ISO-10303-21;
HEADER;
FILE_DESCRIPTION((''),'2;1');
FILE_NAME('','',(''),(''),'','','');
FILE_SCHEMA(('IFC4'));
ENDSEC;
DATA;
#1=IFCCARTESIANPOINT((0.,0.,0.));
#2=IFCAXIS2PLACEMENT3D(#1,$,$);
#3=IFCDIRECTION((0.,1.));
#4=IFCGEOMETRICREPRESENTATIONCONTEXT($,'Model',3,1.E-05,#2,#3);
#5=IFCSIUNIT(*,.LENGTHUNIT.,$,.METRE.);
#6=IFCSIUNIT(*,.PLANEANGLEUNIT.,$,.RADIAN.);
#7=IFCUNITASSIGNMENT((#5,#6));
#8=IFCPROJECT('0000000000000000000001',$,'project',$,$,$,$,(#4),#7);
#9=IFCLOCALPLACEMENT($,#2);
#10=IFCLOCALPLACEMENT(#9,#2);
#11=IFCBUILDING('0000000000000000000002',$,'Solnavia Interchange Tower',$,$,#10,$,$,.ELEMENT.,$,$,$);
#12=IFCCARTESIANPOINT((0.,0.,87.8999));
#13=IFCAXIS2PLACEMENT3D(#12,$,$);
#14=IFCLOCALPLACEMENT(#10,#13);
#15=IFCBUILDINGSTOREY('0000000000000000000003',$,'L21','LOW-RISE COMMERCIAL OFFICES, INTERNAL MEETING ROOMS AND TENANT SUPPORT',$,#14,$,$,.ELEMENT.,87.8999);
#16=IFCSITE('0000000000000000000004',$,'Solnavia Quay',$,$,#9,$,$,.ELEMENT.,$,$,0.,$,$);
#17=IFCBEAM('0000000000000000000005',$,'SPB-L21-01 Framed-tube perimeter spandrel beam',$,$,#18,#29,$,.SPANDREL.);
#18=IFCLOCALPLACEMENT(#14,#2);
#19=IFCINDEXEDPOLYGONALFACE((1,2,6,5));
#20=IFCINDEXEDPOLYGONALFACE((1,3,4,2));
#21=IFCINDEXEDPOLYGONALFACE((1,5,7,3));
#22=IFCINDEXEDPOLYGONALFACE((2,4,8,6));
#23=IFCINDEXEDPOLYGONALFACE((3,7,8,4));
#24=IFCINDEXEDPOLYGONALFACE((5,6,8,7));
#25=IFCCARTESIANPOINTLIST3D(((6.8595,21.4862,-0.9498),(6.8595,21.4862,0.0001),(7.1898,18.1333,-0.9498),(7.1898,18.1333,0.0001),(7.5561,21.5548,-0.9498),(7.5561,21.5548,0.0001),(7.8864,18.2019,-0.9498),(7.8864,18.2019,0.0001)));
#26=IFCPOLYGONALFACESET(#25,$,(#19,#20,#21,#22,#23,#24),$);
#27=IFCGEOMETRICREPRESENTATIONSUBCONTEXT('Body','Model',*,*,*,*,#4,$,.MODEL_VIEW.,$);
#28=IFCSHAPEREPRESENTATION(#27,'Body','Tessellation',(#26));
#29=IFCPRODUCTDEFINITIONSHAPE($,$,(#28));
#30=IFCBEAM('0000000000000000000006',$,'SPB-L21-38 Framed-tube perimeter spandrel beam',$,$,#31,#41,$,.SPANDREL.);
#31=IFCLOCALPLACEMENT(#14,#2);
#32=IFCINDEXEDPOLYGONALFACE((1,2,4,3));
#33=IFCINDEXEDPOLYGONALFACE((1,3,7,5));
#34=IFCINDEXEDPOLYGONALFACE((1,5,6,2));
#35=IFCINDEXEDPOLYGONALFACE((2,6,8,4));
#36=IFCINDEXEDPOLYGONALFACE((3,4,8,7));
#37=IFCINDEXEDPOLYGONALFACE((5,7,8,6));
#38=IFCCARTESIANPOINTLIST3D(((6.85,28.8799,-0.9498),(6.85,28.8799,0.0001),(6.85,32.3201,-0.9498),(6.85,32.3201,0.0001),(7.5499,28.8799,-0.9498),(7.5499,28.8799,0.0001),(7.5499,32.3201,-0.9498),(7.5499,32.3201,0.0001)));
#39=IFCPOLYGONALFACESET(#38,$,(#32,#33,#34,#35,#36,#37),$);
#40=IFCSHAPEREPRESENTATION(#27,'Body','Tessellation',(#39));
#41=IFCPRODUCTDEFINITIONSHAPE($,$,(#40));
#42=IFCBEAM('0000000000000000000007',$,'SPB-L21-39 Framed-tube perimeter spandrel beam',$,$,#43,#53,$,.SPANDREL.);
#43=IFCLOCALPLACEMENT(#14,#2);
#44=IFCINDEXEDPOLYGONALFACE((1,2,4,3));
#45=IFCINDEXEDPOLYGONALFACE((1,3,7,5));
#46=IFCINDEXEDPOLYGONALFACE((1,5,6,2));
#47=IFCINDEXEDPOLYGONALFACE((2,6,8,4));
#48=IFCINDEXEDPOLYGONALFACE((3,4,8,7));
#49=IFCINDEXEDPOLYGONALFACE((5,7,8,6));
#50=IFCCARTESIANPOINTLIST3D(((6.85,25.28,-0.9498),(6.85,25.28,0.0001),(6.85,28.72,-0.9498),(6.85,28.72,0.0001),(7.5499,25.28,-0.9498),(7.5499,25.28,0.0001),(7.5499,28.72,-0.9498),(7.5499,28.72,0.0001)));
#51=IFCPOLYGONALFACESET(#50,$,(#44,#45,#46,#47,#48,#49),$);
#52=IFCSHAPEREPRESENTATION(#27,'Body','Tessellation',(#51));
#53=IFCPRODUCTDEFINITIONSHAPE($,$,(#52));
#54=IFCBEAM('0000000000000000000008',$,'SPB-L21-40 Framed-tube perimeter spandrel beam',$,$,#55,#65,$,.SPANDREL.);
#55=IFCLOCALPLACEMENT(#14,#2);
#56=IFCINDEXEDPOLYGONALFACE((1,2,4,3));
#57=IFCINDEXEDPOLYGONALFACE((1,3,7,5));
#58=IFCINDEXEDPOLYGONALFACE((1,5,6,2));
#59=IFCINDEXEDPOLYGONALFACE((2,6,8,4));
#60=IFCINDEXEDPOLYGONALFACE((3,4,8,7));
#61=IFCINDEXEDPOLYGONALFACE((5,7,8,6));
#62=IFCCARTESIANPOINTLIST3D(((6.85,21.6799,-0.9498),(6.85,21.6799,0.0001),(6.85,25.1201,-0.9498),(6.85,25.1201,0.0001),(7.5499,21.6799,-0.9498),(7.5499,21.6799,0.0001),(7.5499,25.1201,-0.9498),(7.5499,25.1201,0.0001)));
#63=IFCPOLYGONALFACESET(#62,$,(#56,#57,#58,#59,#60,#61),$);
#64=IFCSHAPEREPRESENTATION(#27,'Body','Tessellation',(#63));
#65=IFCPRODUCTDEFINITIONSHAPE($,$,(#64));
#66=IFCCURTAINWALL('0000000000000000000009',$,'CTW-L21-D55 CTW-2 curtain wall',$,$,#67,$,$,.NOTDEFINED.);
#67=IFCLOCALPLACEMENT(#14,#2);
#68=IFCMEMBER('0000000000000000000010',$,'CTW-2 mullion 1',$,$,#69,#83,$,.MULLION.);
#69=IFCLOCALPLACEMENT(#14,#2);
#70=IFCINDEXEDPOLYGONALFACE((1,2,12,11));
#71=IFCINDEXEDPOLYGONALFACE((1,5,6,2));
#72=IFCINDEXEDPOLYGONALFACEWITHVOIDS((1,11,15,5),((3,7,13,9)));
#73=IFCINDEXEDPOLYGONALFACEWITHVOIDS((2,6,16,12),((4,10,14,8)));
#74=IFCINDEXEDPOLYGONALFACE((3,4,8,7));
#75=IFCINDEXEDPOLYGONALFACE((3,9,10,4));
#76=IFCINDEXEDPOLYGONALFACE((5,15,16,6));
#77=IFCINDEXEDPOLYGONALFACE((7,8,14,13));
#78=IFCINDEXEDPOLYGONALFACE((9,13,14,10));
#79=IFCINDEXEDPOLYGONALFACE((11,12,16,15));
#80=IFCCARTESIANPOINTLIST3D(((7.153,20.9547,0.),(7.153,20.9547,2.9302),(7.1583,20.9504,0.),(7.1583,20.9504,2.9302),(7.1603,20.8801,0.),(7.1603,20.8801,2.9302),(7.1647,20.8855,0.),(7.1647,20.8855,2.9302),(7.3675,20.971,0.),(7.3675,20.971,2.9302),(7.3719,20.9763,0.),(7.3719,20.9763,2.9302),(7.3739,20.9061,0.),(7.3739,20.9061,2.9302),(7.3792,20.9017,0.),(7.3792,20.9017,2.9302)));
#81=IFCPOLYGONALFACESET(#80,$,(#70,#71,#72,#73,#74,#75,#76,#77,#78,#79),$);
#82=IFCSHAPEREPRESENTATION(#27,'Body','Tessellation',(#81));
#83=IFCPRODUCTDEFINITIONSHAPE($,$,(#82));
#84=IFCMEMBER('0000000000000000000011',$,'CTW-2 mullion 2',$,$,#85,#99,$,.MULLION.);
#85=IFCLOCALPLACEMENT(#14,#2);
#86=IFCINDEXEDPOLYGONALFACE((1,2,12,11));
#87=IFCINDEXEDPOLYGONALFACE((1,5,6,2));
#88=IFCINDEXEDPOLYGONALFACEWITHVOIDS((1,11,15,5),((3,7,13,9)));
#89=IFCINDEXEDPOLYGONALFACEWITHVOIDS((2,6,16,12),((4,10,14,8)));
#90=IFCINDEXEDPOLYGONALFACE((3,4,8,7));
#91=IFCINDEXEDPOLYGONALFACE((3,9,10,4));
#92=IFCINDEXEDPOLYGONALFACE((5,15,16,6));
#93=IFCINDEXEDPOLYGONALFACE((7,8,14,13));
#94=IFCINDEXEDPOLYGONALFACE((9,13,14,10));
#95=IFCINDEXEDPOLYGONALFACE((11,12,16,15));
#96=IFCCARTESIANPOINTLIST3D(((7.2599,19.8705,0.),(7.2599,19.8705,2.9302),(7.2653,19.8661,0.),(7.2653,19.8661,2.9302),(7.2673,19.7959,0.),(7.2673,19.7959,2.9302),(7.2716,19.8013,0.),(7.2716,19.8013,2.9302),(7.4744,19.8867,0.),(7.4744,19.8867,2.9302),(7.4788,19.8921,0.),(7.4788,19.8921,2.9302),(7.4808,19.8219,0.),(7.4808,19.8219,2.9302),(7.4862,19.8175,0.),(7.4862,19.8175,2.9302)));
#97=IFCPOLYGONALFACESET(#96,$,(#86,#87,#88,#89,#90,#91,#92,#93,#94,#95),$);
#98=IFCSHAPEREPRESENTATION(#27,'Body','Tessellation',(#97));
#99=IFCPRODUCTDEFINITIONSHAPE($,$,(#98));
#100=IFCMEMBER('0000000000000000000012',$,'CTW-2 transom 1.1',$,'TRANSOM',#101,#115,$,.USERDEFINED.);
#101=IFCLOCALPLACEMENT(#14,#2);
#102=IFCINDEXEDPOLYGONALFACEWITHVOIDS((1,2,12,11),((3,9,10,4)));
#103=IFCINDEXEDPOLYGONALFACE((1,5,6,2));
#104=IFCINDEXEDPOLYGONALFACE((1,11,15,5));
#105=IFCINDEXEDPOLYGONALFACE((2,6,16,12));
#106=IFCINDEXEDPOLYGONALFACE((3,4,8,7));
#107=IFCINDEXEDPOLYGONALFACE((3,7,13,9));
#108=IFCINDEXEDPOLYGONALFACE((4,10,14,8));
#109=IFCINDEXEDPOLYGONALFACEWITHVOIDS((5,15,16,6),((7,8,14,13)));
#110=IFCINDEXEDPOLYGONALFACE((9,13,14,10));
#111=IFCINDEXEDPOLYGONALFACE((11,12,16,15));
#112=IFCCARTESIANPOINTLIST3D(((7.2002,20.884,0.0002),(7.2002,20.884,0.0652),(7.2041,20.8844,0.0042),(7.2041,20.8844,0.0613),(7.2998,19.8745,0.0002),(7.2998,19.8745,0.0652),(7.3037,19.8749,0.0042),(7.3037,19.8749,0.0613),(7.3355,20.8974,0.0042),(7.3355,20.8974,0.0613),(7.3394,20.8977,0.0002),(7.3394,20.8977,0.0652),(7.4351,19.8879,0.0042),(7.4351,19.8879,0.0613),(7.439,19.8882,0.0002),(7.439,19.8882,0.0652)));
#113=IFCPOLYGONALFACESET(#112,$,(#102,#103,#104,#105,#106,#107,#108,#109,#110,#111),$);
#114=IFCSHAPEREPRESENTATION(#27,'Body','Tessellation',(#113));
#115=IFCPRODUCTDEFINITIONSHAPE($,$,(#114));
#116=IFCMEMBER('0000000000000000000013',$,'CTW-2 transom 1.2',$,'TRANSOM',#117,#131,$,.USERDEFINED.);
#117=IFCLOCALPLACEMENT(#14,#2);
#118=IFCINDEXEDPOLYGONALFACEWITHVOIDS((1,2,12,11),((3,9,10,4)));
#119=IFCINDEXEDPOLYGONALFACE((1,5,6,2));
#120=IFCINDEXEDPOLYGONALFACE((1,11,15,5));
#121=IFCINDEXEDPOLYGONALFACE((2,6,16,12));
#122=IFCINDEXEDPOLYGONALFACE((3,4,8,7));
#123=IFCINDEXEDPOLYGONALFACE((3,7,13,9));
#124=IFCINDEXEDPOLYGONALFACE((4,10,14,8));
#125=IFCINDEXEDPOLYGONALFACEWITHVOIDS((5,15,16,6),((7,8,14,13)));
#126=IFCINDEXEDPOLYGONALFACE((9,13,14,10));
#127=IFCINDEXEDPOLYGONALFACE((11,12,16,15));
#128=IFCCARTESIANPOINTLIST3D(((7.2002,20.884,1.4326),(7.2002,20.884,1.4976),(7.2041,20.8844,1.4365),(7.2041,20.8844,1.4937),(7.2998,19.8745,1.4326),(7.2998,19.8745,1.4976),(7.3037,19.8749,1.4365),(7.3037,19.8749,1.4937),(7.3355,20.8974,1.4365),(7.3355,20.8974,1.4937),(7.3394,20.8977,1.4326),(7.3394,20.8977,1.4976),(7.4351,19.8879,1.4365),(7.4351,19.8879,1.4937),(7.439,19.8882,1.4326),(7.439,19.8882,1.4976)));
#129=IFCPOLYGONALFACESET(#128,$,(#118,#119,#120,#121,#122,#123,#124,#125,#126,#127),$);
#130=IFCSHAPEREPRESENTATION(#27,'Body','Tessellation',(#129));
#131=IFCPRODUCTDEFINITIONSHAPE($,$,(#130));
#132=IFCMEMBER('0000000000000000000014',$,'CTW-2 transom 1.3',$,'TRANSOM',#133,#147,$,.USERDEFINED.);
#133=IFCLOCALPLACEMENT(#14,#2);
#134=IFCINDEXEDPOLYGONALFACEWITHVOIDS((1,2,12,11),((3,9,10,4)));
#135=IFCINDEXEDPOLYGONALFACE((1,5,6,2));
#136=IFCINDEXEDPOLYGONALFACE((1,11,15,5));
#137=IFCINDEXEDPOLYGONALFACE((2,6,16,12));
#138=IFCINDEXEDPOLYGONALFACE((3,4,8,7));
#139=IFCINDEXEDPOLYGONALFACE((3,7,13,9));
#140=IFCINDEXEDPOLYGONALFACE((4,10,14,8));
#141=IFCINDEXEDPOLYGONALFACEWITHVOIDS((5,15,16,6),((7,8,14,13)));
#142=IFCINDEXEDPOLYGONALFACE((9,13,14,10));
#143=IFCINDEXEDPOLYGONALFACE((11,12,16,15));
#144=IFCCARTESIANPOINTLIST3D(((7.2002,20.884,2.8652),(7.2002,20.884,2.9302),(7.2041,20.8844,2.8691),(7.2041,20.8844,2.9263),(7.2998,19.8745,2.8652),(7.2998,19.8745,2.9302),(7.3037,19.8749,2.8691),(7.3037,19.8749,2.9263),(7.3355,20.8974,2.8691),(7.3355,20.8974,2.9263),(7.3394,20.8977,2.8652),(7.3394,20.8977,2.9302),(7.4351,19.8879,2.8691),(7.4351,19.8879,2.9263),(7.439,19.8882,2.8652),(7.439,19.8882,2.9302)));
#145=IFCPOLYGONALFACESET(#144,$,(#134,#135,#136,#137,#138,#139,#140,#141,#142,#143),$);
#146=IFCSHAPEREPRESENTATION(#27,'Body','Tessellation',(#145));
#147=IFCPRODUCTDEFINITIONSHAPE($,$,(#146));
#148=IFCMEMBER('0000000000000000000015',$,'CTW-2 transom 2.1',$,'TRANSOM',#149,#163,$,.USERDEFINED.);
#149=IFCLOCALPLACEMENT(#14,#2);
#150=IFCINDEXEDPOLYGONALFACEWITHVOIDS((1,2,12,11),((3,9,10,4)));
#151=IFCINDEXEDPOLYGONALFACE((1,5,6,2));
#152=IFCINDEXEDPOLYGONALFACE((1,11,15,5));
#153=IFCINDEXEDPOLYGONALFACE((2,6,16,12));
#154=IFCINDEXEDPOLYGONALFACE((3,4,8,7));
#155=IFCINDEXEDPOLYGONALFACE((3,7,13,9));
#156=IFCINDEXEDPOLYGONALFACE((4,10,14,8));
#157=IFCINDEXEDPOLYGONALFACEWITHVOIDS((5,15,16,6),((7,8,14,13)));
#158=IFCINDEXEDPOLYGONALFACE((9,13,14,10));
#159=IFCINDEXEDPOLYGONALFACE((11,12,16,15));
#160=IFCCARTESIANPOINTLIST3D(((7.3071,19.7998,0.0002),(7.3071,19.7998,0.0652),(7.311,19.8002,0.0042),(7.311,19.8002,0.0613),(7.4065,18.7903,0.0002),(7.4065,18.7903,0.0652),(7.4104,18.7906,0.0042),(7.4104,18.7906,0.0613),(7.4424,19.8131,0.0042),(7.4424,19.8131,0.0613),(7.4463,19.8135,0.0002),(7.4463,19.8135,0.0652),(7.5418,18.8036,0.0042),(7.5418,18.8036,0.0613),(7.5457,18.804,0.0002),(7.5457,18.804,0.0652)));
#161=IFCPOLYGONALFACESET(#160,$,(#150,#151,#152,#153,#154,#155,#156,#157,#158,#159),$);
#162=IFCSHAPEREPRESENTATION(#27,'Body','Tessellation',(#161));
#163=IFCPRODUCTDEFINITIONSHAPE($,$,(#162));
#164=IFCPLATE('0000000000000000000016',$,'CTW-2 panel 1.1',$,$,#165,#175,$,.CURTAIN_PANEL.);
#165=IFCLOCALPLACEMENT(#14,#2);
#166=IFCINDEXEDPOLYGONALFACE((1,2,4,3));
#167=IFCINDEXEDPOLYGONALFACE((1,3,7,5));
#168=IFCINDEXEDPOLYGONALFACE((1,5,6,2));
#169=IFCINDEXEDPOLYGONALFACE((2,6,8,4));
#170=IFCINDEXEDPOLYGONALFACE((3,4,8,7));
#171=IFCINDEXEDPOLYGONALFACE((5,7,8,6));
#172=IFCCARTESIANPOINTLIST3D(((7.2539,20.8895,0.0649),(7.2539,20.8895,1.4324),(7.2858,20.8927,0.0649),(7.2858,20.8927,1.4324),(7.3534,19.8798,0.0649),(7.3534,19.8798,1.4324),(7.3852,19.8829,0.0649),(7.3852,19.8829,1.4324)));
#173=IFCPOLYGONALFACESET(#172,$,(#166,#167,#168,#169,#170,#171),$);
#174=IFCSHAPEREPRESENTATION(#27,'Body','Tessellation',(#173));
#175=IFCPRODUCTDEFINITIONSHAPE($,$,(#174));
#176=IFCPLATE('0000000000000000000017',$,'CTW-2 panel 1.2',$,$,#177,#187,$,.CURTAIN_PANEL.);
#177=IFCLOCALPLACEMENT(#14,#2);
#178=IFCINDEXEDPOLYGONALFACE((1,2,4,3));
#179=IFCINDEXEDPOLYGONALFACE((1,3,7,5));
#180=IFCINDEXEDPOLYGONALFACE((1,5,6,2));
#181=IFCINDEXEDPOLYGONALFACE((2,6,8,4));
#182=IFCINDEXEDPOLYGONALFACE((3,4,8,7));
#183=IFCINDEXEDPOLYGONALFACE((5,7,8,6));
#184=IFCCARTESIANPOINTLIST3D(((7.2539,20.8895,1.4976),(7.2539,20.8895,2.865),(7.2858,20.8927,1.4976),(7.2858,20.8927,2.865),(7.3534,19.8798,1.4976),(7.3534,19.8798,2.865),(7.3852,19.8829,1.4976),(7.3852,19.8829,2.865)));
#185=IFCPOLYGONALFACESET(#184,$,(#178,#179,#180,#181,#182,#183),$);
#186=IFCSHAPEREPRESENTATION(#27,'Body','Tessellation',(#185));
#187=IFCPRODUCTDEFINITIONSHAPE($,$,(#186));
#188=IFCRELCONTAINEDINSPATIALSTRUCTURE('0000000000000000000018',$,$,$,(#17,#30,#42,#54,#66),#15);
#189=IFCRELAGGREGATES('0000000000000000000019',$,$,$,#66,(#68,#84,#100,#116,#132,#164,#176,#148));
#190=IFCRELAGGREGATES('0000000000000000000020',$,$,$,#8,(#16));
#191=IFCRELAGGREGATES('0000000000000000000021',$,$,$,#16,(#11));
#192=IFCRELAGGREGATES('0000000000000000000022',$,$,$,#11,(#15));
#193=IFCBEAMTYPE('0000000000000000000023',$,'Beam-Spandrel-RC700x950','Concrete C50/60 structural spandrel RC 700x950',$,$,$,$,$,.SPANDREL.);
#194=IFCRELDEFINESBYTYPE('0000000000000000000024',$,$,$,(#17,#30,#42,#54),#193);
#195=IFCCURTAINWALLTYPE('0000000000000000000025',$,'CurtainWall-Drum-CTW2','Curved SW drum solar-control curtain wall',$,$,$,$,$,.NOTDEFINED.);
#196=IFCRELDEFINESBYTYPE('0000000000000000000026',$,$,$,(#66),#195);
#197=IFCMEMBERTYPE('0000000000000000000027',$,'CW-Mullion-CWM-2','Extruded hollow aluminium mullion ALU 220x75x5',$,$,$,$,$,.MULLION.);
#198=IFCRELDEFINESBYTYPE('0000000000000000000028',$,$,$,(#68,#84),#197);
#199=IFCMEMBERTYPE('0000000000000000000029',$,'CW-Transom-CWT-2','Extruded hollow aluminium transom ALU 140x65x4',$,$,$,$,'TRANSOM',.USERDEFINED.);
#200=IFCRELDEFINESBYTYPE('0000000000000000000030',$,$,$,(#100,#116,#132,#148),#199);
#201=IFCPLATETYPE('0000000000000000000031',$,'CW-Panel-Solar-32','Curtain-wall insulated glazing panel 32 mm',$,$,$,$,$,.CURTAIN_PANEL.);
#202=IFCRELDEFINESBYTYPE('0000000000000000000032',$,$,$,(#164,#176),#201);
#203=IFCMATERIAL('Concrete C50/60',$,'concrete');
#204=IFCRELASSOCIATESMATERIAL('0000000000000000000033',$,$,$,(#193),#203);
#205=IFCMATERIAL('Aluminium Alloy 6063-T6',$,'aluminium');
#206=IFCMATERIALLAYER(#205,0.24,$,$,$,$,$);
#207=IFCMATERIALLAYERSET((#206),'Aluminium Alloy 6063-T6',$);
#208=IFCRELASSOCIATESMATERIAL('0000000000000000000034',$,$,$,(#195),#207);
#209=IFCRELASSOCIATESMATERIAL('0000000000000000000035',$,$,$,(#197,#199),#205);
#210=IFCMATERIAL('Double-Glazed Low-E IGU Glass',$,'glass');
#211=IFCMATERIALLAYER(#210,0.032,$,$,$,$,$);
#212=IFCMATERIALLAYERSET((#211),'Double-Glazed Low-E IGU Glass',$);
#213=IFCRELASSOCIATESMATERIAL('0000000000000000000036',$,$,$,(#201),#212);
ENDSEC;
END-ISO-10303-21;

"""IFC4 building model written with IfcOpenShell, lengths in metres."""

from ifc_helpers import new_model, si_unit, direction, frame, origin, origin_2d, place, context, subcontext, project, spatial, rectangle, hollow_rectangle, extrude, material, layer, layer_set, material_profile, profile_set, type_object, element, aggregate, save


model = new_model("IFC4")

# Units and contexts
model_context = context("Model", 3, precision=1e-05, world=origin(), true_north=direction((0.0, 1.0)))
body_context = subcontext(model_context, "Body", "Model", "MODEL_VIEW")
ifc_project = project(units=[si_unit("LENGTHUNIT", "METRE"), si_unit("PLANEANGLEUNIT", "RADIAN")], contexts=[model_context])

# Site, building, storey
site_placement = place(None, origin())
site = spatial("IfcSite", under=ifc_project, at=site_placement, Name="Solnavia Quay", CompositionType="ELEMENT", RefElevation=0.0)
building_placement = place(site_placement, origin())
building = spatial("IfcBuilding", under=site, at=building_placement, Name="Solnavia Interchange Tower", CompositionType="ELEMENT")
storey_placement = place(building_placement, frame((0.0, 0.0, 87.8999)))
storey = spatial("IfcBuildingStorey", under=building, at=storey_placement, Name="L21", Description="LOW-RISE COMMERCIAL OFFICES, INTERNAL MEETING ROOMS AND TENANT SUPPORT", CompositionType="ELEMENT", Elevation=87.8999)

# Shared definitions
ifc_material_1 = material(Name="Concrete C50/60", Category="concrete")

# Beams
ifc_material_profile_1 = material_profile(ifc_material_1, rectangle(XDim=0.7, YDim=0.95, at=origin_2d()), Name="RC 700x950")
ifc_profile_set_1 = profile_set([ifc_material_profile_1], Name="Concrete C50/60")
beam_type_1 = type_object("IfcBeamType", Name="Beam-Spandrel-RC700x950", Description="Concrete C50/60 structural spandrel RC 700x950", PredefinedType="SPANDREL", material=ifc_profile_set_1)
beam_1_placement = place(storey_placement, frame((7.2078, 21.5205, -0.4749), z_axis=(0.09804, -0.995182, 0.0), x_axis=(0.995182, 0.09804, 0.0)))
element("IfcBeam", 1, at=beam_1_placement, inside=storey, type_object=beam_type_1, Name="SPB-L21-01 Framed-tube perimeter spandrel beam", PredefinedType="SPANDREL", context=body_context, shape_type="SweptSolid", body=[
    extrude(rectangle(XDim=0.7, YDim=0.95, at=origin_2d()), origin(), (0.0, 0.0, 1.0), 3.3691),
])
beam_2_placement = place(storey_placement, frame((7.2, 32.3201, -0.4749), z_axis=(0.0, -1.0, 0.0), x_axis=(1.0, 0.0, 0.0)))
element("IfcBeam", 2, at=beam_2_placement, inside=storey, type_object=beam_type_1, Name="SPB-L21-38 Framed-tube perimeter spandrel beam", PredefinedType="SPANDREL", context=body_context, shape_type="SweptSolid", body=[
    extrude(rectangle(XDim=0.7, YDim=0.95, at=origin_2d()), origin(), (0.0, 0.0, 1.0), 3.4402),
])
beam_3_placement = place(storey_placement, frame((7.2, 28.72, -0.4749), z_axis=(0.0, -1.0, 0.0), x_axis=(1.0, 0.0, 0.0)))
element("IfcBeam", 3, at=beam_3_placement, inside=storey, type_object=beam_type_1, Name="SPB-L21-39 Framed-tube perimeter spandrel beam", PredefinedType="SPANDREL", context=body_context, shape_type="SweptSolid", body=[
    extrude(rectangle(XDim=0.7, YDim=0.95, at=origin_2d()), origin(), (0.0, 0.0, 1.0), 3.4399),
])
beam_4_placement = place(storey_placement, frame((7.2, 25.1201, -0.4749), z_axis=(0.0, -1.0, 0.0), x_axis=(1.0, 0.0, 0.0)))
element("IfcBeam", 4, at=beam_4_placement, inside=storey, type_object=beam_type_1, Name="SPB-L21-40 Framed-tube perimeter spandrel beam", PredefinedType="SPANDREL", context=body_context, shape_type="SweptSolid", body=[
    extrude(rectangle(XDim=0.7, YDim=0.95, at=origin_2d()), origin(), (0.0, 0.0, 1.0), 3.4402),
])

# Curtain wall, members, plates
ifc_material_2 = material(Name="Aluminium Alloy 6063-T6", Category="aluminium")
ifc_layer_1 = layer(ifc_material_2, 0.24)
ifc_layer_set_1 = layer_set([ifc_layer_1], Name="Aluminium Alloy 6063-T6")
curtain_wall_type = type_object("IfcCurtainWallType", Name="CurtainWall-Drum-CTW2", Description="Curved SW drum solar-control curtain wall", PredefinedType="NOTDEFINED", material=ifc_layer_set_1)
curtain_wall_placement = place(storey_placement, origin())
curtain_wall = element("IfcCurtainWall", 5, at=curtain_wall_placement, inside=storey, type_object=curtain_wall_type, Name="CTW-L21-D55 CTW-2 curtain wall", PredefinedType="NOTDEFINED")
ifc_material_profile_2 = material_profile(ifc_material_2, hollow_rectangle(XDim=0.075, YDim=0.22, WallThickness=0.0049, at=origin_2d()), Name="ALU 220x75x5")
ifc_profile_set_2 = profile_set([ifc_material_profile_2], Name="Aluminium Alloy 6063-T6")
member_type_1 = type_object("IfcMemberType", Name="CW-Mullion-CWM-2", Description="Extruded hollow aluminium mullion ALU 220x75x5", PredefinedType="MULLION", material=ifc_profile_set_2)
member_1_placement = place(storey_placement, frame((7.2661, 20.9282, 0.0), z_axis=(0.0, 0.0, 1.0), x_axis=(0.098045, -0.995182, 0.0)))
member_1 = element("IfcMember", 6, at=member_1_placement, type_object=member_type_1, Name="CTW-2 mullion 1", PredefinedType="MULLION", context=body_context, shape_type="SweptSolid", body=[
    extrude(hollow_rectangle(XDim=0.075, YDim=0.22, WallThickness=0.0049, at=origin_2d()), origin(), (0.0, 0.0, 1.0), 2.9302),
])
member_2_placement = place(storey_placement, frame((7.373, 19.844, 0.0), z_axis=(0.0, 0.0, 1.0), x_axis=(0.098045, -0.995182, 0.0)))
member_2 = element("IfcMember", 7, at=member_2_placement, type_object=member_type_1, Name="CTW-2 mullion 2", PredefinedType="MULLION", context=body_context, shape_type="SweptSolid", body=[
    extrude(hollow_rectangle(XDim=0.075, YDim=0.22, WallThickness=0.0049, at=origin_2d()), origin(), (0.0, 0.0, 1.0), 2.9302),
])
ifc_material_profile_3 = material_profile(ifc_material_2, hollow_rectangle(XDim=0.0649, YDim=0.1399, WallThickness=0.0039, at=origin_2d()), Name="ALU 140x65x4")
ifc_profile_set_3 = profile_set([ifc_material_profile_3], Name="Aluminium Alloy 6063-T6")
member_type_2 = type_object("IfcMemberType", Name="CW-Transom-CWT-2", Description="Extruded hollow aluminium transom ALU 140x65x4", ElementType="TRANSOM", PredefinedType="USERDEFINED", material=ifc_profile_set_3)
member_3_placement = place(storey_placement, frame((7.2698, 20.8909, 0.0327), z_axis=(0.098193, -0.995167, 0.0), x_axis=(0.0, 0.0, 1.0)))
member_3 = element("IfcMember", 8, at=member_3_placement, type_object=member_type_2, Name="CTW-2 transom 1.1", ObjectType="TRANSOM", PredefinedType="USERDEFINED", context=body_context, shape_type="SweptSolid", body=[
    extrude(hollow_rectangle(XDim=0.0649, YDim=0.1399, WallThickness=0.0039, at=origin_2d()), origin(), (0.0, 0.0, 1.0), 1.0144),
])
member_4_placement = place(storey_placement, frame((7.2698, 20.8909, 1.4651), z_axis=(0.098193, -0.995167, 0.0), x_axis=(0.0, 0.0, 1.0)))
member_4 = element("IfcMember", 9, at=member_4_placement, type_object=member_type_2, Name="CTW-2 transom 1.2", ObjectType="TRANSOM", PredefinedType="USERDEFINED", context=body_context, shape_type="SweptSolid", body=[
    extrude(hollow_rectangle(XDim=0.0649, YDim=0.1399, WallThickness=0.0039, at=origin_2d()), origin(), (0.0, 0.0, 1.0), 1.0144),
])
member_5_placement = place(storey_placement, frame((7.2698, 20.8909, 2.8977), z_axis=(0.098193, -0.995167, 0.0), x_axis=(0.0, 0.0, 1.0)))
member_5 = element("IfcMember", 10, at=member_5_placement, type_object=member_type_2, Name="CTW-2 transom 1.3", ObjectType="TRANSOM", PredefinedType="USERDEFINED", context=body_context, shape_type="SweptSolid", body=[
    extrude(hollow_rectangle(XDim=0.0649, YDim=0.1399, WallThickness=0.0039, at=origin_2d()), origin(), (0.0, 0.0, 1.0), 1.0144),
])
member_6_placement = place(storey_placement, frame((7.3767, 19.8066, 0.0327), z_axis=(0.097955, -0.995191, 0.0), x_axis=(0.0, 0.0, 1.0)))
member_6 = element("IfcMember", 11, at=member_6_placement, type_object=member_type_2, Name="CTW-2 transom 2.1", ObjectType="TRANSOM", PredefinedType="USERDEFINED", context=body_context, shape_type="SweptSolid", body=[
    extrude(hollow_rectangle(XDim=0.0649, YDim=0.1399, WallThickness=0.0039, at=origin_2d()), origin(), (0.0, 0.0, 1.0), 1.0144),
])
ifc_material_3 = material(Name="Double-Glazed Low-E IGU Glass", Category="glass")
ifc_layer_2 = layer(ifc_material_3, 0.032)
ifc_layer_set_2 = layer_set([ifc_layer_2], Name="Double-Glazed Low-E IGU Glass")
plate_type = type_object("IfcPlateType", Name="CW-Panel-Solar-32", Description="Curtain-wall insulated glazing panel 32 mm", PredefinedType="CURTAIN_PANEL", material=ifc_layer_set_2)
plate_1_placement = place(storey_placement, frame((7.3196, 20.3862, 0.0649), z_axis=(0.0, 0.0, 1.0), x_axis=(0.098045, -0.995182, 0.0)))
plate_1 = element("IfcPlate", 12, at=plate_1_placement, type_object=plate_type, Name="CTW-2 panel 1.1", PredefinedType="CURTAIN_PANEL", context=body_context, shape_type="SweptSolid", body=[
    extrude(rectangle(XDim=1.0146, YDim=0.032, at=origin_2d()), origin(), (0.0, 0.0, 1.0), 1.3674),
])
plate_2_placement = place(storey_placement, frame((7.3196, 20.3862, 1.4976), z_axis=(0.0, 0.0, 1.0), x_axis=(0.098045, -0.995182, 0.0)))
plate_2 = element("IfcPlate", 13, at=plate_2_placement, type_object=plate_type, Name="CTW-2 panel 1.2", PredefinedType="CURTAIN_PANEL", context=body_context, shape_type="SweptSolid", body=[
    extrude(rectangle(XDim=1.0146, YDim=0.032, at=origin_2d()), origin(), (0.0, 0.0, 1.0), 1.3674),
])
aggregate(curtain_wall, [member_1, member_2, member_3, member_4, member_5, plate_1, plate_2, member_6])

save(model, "model.ifc")
